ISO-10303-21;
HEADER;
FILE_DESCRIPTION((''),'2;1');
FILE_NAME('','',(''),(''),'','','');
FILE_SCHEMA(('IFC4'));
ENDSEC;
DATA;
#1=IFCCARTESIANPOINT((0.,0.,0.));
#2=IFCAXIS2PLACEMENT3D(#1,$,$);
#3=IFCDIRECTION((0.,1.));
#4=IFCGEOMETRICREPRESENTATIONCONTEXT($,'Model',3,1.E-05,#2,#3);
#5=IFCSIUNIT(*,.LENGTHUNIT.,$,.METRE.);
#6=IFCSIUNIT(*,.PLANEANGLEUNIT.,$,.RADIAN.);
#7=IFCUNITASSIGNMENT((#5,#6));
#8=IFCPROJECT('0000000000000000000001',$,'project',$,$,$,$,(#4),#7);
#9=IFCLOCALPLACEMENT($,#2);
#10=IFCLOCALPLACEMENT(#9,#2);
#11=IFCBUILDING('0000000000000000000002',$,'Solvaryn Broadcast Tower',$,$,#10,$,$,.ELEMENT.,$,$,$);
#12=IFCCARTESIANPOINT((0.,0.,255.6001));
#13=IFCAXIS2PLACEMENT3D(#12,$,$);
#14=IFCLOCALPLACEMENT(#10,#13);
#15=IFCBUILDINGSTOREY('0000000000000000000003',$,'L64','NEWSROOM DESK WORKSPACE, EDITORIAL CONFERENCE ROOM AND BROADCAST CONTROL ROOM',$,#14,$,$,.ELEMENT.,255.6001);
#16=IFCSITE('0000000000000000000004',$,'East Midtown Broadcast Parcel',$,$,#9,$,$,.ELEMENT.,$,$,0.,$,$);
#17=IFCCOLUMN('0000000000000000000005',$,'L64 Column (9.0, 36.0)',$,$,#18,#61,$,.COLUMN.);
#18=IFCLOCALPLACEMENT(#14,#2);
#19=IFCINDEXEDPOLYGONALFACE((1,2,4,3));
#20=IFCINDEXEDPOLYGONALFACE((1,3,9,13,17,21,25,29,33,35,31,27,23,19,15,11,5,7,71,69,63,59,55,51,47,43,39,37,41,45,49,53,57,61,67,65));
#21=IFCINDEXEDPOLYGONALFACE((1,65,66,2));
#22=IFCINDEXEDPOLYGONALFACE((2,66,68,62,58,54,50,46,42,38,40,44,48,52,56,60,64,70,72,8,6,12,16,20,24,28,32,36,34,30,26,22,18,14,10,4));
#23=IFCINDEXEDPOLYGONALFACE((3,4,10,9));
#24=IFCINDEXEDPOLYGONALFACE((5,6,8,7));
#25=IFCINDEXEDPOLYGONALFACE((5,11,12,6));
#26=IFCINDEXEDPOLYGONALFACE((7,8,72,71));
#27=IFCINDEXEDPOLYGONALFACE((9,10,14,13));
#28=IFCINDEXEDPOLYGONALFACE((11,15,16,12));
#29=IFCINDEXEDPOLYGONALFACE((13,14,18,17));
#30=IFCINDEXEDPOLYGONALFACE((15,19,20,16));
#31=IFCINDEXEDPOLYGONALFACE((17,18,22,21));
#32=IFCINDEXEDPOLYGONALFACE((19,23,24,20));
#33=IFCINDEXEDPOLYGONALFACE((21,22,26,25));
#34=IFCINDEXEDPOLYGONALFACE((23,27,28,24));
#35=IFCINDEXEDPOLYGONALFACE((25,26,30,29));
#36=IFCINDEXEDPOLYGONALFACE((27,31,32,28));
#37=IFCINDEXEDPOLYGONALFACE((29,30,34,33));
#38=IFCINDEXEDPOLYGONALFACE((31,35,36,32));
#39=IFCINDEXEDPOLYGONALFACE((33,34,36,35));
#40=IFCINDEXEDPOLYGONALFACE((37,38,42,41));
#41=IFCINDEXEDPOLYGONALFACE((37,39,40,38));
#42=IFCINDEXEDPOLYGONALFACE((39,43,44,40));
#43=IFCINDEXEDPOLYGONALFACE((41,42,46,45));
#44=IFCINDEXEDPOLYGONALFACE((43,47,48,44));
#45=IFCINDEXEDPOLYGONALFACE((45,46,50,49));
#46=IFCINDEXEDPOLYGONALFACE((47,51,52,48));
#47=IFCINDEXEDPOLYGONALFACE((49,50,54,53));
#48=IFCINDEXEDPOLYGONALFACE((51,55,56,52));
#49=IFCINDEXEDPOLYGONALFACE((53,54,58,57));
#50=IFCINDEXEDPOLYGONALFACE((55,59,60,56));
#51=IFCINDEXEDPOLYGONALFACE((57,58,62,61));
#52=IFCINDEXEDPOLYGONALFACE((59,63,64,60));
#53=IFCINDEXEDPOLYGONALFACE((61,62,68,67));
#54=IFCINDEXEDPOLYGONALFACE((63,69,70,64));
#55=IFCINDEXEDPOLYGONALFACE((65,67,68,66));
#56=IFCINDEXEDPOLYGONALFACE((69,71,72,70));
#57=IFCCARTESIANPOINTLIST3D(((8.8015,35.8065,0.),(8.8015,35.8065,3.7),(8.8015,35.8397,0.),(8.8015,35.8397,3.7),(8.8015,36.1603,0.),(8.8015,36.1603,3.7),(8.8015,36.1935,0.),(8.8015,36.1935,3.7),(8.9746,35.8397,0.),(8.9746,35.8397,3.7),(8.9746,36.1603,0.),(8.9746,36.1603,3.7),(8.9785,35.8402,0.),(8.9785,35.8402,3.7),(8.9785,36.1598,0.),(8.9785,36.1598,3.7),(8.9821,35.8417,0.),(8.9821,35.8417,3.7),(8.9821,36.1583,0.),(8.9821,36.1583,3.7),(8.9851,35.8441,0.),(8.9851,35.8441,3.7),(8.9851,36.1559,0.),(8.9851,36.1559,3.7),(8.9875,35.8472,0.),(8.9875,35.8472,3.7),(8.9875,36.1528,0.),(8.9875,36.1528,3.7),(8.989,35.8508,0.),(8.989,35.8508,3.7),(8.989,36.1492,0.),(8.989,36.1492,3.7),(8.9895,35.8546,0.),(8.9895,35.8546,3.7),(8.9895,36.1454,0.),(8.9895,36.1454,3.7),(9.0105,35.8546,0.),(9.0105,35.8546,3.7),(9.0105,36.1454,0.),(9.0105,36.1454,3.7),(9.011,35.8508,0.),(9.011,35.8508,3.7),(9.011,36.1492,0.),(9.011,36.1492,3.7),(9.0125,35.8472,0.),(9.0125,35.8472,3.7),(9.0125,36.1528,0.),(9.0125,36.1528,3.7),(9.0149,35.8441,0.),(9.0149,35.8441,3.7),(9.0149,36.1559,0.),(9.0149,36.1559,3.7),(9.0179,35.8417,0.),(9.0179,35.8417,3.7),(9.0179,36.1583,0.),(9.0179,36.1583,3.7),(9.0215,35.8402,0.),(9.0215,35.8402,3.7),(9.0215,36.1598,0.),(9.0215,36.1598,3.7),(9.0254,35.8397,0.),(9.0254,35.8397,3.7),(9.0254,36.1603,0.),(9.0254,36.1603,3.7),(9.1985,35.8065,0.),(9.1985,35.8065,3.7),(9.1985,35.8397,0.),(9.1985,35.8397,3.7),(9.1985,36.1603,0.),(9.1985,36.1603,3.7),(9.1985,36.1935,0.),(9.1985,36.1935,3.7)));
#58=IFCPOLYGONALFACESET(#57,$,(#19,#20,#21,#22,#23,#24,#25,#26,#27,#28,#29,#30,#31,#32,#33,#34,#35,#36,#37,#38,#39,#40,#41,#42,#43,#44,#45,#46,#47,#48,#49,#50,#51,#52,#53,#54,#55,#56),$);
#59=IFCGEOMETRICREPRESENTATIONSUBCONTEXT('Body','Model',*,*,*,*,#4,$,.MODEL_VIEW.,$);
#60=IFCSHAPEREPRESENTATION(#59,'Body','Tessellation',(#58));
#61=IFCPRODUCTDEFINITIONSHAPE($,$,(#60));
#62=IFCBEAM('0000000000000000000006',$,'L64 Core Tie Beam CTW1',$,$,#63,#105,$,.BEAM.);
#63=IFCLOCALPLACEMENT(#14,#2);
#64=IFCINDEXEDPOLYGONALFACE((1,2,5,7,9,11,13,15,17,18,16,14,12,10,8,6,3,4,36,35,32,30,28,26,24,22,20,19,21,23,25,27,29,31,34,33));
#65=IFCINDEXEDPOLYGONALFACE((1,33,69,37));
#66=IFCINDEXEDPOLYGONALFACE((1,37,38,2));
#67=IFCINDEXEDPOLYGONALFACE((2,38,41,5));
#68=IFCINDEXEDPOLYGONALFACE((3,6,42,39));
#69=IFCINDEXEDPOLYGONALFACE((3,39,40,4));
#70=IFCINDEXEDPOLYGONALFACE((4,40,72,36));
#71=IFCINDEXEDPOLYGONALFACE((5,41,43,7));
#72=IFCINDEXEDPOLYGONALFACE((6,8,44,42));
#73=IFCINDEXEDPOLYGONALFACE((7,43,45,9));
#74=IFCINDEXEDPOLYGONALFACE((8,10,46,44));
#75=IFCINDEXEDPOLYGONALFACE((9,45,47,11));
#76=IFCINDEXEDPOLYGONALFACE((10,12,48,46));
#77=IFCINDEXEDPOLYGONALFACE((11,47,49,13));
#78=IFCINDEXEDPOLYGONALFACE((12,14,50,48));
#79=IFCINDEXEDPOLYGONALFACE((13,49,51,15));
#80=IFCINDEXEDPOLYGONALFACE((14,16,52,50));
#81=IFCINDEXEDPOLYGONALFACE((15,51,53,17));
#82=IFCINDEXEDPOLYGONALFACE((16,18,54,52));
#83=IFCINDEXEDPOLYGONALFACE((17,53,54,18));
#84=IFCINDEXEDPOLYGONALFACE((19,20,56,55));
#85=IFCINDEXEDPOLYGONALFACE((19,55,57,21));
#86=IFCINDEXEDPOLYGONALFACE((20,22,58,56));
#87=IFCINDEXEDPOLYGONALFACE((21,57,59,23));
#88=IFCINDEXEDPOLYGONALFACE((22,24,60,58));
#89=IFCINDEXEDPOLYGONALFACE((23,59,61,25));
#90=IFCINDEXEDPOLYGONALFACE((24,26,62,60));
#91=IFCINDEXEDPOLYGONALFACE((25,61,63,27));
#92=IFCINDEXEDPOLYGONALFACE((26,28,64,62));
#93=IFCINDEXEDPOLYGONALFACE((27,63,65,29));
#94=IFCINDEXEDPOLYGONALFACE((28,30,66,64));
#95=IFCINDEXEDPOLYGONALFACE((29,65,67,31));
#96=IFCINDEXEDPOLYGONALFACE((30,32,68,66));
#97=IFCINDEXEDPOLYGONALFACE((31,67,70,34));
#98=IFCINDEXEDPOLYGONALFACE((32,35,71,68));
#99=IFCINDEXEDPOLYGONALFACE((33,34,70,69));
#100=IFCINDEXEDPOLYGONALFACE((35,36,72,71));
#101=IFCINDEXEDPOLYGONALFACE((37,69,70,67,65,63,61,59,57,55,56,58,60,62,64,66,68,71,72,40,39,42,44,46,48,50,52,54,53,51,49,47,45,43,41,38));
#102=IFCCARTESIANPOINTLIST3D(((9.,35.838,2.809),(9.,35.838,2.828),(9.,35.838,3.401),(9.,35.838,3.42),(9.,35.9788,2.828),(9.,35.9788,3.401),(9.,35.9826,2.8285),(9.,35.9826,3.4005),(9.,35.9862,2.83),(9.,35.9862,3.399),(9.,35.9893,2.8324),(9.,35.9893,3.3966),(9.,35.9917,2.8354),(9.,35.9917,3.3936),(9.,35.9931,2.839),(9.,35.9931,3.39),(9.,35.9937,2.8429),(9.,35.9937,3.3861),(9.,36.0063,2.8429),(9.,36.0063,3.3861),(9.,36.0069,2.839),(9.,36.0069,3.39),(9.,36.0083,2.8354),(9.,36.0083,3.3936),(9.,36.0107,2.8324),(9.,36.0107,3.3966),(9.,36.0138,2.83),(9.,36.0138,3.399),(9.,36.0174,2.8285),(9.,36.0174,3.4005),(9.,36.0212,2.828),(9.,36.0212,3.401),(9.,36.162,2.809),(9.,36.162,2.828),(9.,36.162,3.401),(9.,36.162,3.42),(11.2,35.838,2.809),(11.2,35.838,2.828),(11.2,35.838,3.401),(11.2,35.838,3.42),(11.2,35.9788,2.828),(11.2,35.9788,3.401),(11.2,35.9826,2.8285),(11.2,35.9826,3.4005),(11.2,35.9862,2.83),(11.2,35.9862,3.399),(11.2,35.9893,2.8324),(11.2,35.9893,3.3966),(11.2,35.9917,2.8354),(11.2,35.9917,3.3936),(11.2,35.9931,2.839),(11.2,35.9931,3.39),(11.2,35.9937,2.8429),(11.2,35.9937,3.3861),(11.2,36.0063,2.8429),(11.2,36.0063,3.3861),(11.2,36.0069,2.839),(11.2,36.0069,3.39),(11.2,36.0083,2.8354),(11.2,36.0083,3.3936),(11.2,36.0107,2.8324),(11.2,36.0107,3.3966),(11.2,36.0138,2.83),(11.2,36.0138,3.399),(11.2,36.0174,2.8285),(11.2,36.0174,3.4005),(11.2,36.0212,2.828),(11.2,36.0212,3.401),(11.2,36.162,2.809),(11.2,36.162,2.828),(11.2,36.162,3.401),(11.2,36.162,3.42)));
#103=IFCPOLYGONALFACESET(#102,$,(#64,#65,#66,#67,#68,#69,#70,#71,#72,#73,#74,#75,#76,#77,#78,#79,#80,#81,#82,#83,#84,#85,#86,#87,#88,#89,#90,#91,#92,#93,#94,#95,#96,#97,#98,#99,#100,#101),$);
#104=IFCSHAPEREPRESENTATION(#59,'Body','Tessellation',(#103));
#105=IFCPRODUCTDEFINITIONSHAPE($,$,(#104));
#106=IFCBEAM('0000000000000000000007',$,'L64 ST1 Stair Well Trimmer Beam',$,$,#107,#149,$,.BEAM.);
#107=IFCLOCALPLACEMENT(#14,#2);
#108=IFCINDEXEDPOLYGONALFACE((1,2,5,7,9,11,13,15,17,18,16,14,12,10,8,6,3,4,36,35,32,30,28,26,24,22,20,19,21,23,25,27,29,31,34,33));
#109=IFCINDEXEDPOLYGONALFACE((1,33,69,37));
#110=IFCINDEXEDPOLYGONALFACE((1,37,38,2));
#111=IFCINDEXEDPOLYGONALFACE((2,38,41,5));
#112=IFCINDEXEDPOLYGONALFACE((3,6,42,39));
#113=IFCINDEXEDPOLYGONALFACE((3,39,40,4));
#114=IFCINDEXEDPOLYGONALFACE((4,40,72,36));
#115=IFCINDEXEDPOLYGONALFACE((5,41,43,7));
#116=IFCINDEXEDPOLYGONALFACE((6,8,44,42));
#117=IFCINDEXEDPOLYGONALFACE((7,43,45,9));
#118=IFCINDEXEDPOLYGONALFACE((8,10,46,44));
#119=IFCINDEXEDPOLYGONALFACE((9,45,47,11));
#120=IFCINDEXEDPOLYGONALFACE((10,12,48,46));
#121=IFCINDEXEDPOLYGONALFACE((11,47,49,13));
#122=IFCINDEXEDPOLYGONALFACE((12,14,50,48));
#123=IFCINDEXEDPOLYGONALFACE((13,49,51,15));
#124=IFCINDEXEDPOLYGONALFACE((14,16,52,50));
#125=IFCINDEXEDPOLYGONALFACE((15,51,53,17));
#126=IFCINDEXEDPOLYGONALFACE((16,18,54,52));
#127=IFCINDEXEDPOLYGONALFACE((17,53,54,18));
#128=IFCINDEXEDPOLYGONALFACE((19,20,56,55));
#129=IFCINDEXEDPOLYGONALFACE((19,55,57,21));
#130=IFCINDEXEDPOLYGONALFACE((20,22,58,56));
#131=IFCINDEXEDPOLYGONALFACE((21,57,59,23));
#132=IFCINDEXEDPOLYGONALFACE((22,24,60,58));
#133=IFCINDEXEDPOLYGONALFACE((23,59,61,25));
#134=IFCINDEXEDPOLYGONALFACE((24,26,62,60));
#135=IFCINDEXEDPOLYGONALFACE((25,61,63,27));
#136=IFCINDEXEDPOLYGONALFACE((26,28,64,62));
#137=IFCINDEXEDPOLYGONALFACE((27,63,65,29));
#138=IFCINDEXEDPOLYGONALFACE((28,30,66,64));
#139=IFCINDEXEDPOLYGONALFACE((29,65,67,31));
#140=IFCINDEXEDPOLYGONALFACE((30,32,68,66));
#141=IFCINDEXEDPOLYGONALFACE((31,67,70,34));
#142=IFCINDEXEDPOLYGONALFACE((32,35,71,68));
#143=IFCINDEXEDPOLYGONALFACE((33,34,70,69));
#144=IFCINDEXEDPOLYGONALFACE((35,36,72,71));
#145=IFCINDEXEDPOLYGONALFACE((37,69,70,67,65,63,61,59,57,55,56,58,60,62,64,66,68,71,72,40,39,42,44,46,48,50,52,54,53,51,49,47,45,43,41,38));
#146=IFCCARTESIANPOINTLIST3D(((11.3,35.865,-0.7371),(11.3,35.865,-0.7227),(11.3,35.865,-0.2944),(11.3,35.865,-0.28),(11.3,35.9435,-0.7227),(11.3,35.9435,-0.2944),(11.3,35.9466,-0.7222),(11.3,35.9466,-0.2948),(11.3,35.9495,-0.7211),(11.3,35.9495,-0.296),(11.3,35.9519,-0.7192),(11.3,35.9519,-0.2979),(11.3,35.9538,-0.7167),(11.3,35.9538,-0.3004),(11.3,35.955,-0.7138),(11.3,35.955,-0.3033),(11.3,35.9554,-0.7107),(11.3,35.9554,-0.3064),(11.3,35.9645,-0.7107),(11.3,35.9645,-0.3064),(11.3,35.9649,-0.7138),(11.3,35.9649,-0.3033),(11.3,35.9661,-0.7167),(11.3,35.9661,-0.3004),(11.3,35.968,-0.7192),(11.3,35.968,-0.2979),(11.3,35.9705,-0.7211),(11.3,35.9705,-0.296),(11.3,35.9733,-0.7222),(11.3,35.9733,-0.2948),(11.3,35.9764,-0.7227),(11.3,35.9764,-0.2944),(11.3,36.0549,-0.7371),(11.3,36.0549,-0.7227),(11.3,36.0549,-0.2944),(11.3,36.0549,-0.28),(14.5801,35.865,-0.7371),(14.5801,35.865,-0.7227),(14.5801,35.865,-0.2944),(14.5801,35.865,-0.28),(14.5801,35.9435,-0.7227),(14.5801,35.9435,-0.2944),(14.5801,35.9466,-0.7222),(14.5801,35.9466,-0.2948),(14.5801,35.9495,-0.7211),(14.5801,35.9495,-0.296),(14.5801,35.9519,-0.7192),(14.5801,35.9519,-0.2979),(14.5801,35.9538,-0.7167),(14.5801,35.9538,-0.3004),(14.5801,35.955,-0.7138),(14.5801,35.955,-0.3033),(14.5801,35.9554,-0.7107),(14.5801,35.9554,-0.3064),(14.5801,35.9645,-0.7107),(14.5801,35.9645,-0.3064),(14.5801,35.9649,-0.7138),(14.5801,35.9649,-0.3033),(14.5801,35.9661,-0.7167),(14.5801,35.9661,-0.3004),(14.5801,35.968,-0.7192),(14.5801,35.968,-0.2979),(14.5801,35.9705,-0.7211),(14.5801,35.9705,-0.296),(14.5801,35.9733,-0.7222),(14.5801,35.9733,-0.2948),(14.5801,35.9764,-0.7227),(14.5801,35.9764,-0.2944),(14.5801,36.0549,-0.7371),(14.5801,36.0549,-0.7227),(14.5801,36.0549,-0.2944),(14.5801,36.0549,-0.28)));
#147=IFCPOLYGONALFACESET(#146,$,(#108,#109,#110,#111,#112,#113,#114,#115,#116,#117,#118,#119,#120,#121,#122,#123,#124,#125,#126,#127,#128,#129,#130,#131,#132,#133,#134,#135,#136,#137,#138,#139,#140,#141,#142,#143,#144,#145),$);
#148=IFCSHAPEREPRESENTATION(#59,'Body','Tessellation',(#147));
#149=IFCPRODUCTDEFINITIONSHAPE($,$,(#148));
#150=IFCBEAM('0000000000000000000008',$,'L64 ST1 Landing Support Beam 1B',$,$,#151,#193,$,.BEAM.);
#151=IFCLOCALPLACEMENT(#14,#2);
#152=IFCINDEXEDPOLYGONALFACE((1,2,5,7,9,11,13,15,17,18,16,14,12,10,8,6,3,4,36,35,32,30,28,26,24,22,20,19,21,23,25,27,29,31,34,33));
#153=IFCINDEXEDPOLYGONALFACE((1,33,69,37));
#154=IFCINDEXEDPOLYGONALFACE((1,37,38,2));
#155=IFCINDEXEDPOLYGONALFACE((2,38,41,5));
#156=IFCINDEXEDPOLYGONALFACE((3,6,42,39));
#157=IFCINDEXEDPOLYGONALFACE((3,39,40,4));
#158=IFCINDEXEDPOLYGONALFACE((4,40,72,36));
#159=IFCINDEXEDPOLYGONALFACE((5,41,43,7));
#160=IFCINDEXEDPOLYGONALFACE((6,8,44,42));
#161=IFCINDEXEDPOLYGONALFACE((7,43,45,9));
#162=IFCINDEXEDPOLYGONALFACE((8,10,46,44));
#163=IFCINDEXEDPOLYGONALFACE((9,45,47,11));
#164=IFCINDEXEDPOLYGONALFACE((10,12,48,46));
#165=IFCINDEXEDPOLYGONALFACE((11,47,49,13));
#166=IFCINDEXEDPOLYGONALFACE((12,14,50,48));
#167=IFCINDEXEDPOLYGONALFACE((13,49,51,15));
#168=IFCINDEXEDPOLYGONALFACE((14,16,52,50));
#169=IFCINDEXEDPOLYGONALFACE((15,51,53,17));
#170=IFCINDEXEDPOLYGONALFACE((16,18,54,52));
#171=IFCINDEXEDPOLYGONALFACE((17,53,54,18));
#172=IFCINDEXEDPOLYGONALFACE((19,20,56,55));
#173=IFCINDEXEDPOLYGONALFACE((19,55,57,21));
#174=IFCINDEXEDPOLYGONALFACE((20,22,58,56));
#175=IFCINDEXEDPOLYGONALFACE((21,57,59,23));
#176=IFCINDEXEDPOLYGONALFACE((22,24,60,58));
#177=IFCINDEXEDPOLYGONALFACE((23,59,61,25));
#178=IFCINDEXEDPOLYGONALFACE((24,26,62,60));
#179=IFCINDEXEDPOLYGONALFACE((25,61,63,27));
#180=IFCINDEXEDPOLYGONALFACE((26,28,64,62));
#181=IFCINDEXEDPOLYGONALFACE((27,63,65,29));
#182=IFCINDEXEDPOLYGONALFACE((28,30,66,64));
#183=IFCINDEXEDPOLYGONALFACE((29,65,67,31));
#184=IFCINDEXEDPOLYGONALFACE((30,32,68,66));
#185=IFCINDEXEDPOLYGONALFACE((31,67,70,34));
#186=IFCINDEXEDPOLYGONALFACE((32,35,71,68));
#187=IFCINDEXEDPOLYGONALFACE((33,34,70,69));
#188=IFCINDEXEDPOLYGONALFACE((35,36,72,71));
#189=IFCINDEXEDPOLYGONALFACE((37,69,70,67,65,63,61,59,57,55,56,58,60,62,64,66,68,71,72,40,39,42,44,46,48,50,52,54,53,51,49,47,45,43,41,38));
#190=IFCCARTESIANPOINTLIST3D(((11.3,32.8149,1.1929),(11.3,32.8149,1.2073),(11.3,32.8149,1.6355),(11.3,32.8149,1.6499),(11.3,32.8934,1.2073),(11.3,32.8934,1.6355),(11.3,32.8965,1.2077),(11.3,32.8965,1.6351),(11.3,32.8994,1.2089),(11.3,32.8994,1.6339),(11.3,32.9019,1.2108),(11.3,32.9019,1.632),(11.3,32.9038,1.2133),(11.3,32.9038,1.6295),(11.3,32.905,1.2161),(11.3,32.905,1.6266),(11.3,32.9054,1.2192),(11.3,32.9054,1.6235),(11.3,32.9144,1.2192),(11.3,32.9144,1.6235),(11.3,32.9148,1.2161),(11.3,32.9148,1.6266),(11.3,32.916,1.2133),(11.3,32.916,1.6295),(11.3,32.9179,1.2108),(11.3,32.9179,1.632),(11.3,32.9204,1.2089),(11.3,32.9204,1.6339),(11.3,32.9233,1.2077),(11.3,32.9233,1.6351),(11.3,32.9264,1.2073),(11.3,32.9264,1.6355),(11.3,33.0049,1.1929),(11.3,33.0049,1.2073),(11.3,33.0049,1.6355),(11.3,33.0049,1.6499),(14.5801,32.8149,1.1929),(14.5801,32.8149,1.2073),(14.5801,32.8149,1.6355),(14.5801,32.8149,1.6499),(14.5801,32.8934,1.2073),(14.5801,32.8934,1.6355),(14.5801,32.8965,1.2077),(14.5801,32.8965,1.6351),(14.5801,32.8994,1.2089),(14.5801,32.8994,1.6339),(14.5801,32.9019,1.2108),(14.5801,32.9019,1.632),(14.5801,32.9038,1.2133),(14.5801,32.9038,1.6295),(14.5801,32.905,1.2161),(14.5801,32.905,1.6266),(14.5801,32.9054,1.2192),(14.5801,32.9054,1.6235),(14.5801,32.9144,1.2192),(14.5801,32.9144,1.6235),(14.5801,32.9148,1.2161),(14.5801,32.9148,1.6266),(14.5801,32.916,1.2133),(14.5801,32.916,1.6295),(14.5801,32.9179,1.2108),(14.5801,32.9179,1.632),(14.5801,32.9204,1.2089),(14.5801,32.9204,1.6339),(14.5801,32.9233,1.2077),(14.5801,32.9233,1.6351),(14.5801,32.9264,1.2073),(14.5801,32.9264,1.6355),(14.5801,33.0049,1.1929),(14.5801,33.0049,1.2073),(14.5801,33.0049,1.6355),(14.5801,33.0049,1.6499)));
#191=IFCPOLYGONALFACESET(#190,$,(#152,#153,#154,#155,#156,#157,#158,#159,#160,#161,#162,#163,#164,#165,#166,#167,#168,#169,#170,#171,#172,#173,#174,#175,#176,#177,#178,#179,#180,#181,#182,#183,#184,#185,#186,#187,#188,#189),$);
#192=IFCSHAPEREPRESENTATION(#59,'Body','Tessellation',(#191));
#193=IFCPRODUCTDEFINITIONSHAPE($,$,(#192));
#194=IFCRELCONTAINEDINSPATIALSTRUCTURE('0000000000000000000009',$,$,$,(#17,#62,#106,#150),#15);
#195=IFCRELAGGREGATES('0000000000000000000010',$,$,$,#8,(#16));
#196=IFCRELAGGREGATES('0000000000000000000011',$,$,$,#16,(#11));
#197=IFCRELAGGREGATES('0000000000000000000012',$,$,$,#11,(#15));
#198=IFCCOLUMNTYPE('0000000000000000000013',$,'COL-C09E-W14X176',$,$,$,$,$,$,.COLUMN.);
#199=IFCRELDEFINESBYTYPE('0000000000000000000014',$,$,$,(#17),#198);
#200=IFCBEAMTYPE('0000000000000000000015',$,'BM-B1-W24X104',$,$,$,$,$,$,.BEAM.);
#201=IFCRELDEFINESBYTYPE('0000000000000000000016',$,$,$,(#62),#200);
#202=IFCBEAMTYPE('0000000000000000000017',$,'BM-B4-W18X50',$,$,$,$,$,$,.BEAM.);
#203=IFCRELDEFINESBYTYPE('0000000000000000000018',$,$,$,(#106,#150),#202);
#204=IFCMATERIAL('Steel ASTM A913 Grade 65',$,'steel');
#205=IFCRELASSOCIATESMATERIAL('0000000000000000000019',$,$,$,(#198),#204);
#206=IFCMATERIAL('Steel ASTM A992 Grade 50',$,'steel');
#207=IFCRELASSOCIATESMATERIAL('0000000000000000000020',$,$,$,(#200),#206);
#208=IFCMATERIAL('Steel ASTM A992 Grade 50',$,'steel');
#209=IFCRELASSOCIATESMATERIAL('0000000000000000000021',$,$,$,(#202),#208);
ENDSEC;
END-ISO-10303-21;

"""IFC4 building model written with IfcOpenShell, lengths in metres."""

from ifc_helpers import new_model, si_unit, direction, frame, origin, origin_2d, place, context, subcontext, project, spatial, i_section, extrude, material, material_profile, profile_set, type_object, element, save


model = new_model("IFC4")

# Units and contexts
model_context = context("Model", 3, precision=1e-05, world=origin(), true_north=direction((0.0, 1.0)))
body_context = subcontext(model_context, "Body", "Model", "MODEL_VIEW")
ifc_project = project(units=[si_unit("LENGTHUNIT", "METRE"), si_unit("PLANEANGLEUNIT", "RADIAN")], contexts=[model_context])

# Site, building, storey
site_placement = place(None, origin())
site = spatial("IfcSite", under=ifc_project, at=site_placement, Name="East Midtown Broadcast Parcel", CompositionType="ELEMENT", RefElevation=0.0)
building_placement = place(site_placement, origin())
building = spatial("IfcBuilding", under=site, at=building_placement, Name="Solvaryn Broadcast Tower", CompositionType="ELEMENT")
storey_placement = place(building_placement, frame((0.0, 0.0, 255.6001)))
storey = spatial("IfcBuildingStorey", under=building, at=storey_placement, Name="L64", Description="NEWSROOM DESK WORKSPACE, EDITORIAL CONFERENCE ROOM AND BROADCAST CONTROL ROOM", CompositionType="ELEMENT", Elevation=255.6001)

# Column
ifc_material_1 = material(Name="Steel ASTM A913 Grade 65", Category="steel")
ifc_material_profile_1 = material_profile(ifc_material_1, i_section(OverallWidth=0.397, OverallDepth=0.387, WebThickness=0.021, FlangeThickness=0.0332, FilletRadius=0.0149, at=origin_2d()))
ifc_profile_set_1 = profile_set([ifc_material_profile_1], Name="Steel ASTM A913 Grade 65")
column_type = type_object("IfcColumnType", Name="COL-C09E-W14X176", PredefinedType="COLUMN", material=ifc_profile_set_1)
column_placement = place(storey_placement, frame((9.0, 36.0, 0.0), z_axis=(0.0, 0.0, 1.0), x_axis=(1.0, 0.0, 0.0)))
element("IfcColumn", 1, at=column_placement, inside=storey, type_object=column_type, Name="L64 Column (9.0, 36.0)", PredefinedType="COLUMN", context=body_context, shape_type="SweptSolid", body=[
    extrude(i_section(OverallWidth=0.397, OverallDepth=0.387, WebThickness=0.021, FlangeThickness=0.0332, FilletRadius=0.0149, at=origin_2d()), origin(), (0.0, 0.0, 1.0), 3.7),
])

# Beams
ifc_material_2 = material(Name="Steel ASTM A992 Grade 50", Category="steel")
ifc_material_profile_2 = material_profile(ifc_material_2, i_section(OverallWidth=0.324, OverallDepth=0.6111, WebThickness=0.0127, FlangeThickness=0.019, FilletRadius=0.0149, at=origin_2d()))
ifc_profile_set_2 = profile_set([ifc_material_profile_2], Name="Steel ASTM A992 Grade 50")
beam_type_1 = type_object("IfcBeamType", Name="BM-B1-W24X104", PredefinedType="BEAM", material=ifc_profile_set_2)
beam_placement = place(storey_placement, frame((9.0, 36.0, 3.1145), z_axis=(1.0, 0.0, 0.0), x_axis=(0.0, 1.0, 0.0)))
element("IfcBeam", 2, at=beam_placement, inside=storey, type_object=beam_type_1, Name="L64 Core Tie Beam CTW1", PredefinedType="BEAM", context=body_context, shape_type="SweptSolid", body=[
    extrude(i_section(OverallWidth=0.324, OverallDepth=0.6111, WebThickness=0.0127, FlangeThickness=0.019, FilletRadius=0.0149, at=origin_2d()), origin(), (0.0, 0.0, 1.0), 2.2),
])
ifc_material_3 = material(Name="Steel ASTM A992 Grade 50", Category="steel")
ifc_material_profile_3 = material_profile(ifc_material_3, i_section(OverallWidth=0.1899, OverallDepth=0.457, WebThickness=0.009, FlangeThickness=0.0144, FilletRadius=0.012, at=origin_2d()))
ifc_profile_set_3 = profile_set([ifc_material_profile_3], Name="Steel ASTM A992 Grade 50")
beam_type_2 = type_object("IfcBeamType", Name="BM-B4-W18X50", PredefinedType="BEAM", material=ifc_profile_set_3)
for number, where, z_axis, x_axis, name in (
    (3, (11.3, 35.96, -0.5085), (1.0, 0.0, 0.0), (0.0, 1.0, 0.0), "L64 ST1 Stair Well Trimmer Beam"),
    (4, (11.3, 32.9099, 1.4214), (1.0, 0.0, 0.0), (0.0, 1.0, 0.0), "L64 ST1 Landing Support Beam 1B"),
):
    element("IfcBeam", number, at=place(storey_placement, frame(where, z_axis=z_axis, x_axis=x_axis)), inside=storey, type_object=beam_type_2, Name=name, PredefinedType="BEAM", context=body_context, shape_type="SweptSolid", body=[
        extrude(i_section(OverallWidth=0.1899, OverallDepth=0.457, WebThickness=0.009, FlangeThickness=0.0144, FilletRadius=0.012, at=origin_2d()), origin(), (0.0, 0.0, 1.0), 3.28),
    ])

save(model, "model.ifc")
